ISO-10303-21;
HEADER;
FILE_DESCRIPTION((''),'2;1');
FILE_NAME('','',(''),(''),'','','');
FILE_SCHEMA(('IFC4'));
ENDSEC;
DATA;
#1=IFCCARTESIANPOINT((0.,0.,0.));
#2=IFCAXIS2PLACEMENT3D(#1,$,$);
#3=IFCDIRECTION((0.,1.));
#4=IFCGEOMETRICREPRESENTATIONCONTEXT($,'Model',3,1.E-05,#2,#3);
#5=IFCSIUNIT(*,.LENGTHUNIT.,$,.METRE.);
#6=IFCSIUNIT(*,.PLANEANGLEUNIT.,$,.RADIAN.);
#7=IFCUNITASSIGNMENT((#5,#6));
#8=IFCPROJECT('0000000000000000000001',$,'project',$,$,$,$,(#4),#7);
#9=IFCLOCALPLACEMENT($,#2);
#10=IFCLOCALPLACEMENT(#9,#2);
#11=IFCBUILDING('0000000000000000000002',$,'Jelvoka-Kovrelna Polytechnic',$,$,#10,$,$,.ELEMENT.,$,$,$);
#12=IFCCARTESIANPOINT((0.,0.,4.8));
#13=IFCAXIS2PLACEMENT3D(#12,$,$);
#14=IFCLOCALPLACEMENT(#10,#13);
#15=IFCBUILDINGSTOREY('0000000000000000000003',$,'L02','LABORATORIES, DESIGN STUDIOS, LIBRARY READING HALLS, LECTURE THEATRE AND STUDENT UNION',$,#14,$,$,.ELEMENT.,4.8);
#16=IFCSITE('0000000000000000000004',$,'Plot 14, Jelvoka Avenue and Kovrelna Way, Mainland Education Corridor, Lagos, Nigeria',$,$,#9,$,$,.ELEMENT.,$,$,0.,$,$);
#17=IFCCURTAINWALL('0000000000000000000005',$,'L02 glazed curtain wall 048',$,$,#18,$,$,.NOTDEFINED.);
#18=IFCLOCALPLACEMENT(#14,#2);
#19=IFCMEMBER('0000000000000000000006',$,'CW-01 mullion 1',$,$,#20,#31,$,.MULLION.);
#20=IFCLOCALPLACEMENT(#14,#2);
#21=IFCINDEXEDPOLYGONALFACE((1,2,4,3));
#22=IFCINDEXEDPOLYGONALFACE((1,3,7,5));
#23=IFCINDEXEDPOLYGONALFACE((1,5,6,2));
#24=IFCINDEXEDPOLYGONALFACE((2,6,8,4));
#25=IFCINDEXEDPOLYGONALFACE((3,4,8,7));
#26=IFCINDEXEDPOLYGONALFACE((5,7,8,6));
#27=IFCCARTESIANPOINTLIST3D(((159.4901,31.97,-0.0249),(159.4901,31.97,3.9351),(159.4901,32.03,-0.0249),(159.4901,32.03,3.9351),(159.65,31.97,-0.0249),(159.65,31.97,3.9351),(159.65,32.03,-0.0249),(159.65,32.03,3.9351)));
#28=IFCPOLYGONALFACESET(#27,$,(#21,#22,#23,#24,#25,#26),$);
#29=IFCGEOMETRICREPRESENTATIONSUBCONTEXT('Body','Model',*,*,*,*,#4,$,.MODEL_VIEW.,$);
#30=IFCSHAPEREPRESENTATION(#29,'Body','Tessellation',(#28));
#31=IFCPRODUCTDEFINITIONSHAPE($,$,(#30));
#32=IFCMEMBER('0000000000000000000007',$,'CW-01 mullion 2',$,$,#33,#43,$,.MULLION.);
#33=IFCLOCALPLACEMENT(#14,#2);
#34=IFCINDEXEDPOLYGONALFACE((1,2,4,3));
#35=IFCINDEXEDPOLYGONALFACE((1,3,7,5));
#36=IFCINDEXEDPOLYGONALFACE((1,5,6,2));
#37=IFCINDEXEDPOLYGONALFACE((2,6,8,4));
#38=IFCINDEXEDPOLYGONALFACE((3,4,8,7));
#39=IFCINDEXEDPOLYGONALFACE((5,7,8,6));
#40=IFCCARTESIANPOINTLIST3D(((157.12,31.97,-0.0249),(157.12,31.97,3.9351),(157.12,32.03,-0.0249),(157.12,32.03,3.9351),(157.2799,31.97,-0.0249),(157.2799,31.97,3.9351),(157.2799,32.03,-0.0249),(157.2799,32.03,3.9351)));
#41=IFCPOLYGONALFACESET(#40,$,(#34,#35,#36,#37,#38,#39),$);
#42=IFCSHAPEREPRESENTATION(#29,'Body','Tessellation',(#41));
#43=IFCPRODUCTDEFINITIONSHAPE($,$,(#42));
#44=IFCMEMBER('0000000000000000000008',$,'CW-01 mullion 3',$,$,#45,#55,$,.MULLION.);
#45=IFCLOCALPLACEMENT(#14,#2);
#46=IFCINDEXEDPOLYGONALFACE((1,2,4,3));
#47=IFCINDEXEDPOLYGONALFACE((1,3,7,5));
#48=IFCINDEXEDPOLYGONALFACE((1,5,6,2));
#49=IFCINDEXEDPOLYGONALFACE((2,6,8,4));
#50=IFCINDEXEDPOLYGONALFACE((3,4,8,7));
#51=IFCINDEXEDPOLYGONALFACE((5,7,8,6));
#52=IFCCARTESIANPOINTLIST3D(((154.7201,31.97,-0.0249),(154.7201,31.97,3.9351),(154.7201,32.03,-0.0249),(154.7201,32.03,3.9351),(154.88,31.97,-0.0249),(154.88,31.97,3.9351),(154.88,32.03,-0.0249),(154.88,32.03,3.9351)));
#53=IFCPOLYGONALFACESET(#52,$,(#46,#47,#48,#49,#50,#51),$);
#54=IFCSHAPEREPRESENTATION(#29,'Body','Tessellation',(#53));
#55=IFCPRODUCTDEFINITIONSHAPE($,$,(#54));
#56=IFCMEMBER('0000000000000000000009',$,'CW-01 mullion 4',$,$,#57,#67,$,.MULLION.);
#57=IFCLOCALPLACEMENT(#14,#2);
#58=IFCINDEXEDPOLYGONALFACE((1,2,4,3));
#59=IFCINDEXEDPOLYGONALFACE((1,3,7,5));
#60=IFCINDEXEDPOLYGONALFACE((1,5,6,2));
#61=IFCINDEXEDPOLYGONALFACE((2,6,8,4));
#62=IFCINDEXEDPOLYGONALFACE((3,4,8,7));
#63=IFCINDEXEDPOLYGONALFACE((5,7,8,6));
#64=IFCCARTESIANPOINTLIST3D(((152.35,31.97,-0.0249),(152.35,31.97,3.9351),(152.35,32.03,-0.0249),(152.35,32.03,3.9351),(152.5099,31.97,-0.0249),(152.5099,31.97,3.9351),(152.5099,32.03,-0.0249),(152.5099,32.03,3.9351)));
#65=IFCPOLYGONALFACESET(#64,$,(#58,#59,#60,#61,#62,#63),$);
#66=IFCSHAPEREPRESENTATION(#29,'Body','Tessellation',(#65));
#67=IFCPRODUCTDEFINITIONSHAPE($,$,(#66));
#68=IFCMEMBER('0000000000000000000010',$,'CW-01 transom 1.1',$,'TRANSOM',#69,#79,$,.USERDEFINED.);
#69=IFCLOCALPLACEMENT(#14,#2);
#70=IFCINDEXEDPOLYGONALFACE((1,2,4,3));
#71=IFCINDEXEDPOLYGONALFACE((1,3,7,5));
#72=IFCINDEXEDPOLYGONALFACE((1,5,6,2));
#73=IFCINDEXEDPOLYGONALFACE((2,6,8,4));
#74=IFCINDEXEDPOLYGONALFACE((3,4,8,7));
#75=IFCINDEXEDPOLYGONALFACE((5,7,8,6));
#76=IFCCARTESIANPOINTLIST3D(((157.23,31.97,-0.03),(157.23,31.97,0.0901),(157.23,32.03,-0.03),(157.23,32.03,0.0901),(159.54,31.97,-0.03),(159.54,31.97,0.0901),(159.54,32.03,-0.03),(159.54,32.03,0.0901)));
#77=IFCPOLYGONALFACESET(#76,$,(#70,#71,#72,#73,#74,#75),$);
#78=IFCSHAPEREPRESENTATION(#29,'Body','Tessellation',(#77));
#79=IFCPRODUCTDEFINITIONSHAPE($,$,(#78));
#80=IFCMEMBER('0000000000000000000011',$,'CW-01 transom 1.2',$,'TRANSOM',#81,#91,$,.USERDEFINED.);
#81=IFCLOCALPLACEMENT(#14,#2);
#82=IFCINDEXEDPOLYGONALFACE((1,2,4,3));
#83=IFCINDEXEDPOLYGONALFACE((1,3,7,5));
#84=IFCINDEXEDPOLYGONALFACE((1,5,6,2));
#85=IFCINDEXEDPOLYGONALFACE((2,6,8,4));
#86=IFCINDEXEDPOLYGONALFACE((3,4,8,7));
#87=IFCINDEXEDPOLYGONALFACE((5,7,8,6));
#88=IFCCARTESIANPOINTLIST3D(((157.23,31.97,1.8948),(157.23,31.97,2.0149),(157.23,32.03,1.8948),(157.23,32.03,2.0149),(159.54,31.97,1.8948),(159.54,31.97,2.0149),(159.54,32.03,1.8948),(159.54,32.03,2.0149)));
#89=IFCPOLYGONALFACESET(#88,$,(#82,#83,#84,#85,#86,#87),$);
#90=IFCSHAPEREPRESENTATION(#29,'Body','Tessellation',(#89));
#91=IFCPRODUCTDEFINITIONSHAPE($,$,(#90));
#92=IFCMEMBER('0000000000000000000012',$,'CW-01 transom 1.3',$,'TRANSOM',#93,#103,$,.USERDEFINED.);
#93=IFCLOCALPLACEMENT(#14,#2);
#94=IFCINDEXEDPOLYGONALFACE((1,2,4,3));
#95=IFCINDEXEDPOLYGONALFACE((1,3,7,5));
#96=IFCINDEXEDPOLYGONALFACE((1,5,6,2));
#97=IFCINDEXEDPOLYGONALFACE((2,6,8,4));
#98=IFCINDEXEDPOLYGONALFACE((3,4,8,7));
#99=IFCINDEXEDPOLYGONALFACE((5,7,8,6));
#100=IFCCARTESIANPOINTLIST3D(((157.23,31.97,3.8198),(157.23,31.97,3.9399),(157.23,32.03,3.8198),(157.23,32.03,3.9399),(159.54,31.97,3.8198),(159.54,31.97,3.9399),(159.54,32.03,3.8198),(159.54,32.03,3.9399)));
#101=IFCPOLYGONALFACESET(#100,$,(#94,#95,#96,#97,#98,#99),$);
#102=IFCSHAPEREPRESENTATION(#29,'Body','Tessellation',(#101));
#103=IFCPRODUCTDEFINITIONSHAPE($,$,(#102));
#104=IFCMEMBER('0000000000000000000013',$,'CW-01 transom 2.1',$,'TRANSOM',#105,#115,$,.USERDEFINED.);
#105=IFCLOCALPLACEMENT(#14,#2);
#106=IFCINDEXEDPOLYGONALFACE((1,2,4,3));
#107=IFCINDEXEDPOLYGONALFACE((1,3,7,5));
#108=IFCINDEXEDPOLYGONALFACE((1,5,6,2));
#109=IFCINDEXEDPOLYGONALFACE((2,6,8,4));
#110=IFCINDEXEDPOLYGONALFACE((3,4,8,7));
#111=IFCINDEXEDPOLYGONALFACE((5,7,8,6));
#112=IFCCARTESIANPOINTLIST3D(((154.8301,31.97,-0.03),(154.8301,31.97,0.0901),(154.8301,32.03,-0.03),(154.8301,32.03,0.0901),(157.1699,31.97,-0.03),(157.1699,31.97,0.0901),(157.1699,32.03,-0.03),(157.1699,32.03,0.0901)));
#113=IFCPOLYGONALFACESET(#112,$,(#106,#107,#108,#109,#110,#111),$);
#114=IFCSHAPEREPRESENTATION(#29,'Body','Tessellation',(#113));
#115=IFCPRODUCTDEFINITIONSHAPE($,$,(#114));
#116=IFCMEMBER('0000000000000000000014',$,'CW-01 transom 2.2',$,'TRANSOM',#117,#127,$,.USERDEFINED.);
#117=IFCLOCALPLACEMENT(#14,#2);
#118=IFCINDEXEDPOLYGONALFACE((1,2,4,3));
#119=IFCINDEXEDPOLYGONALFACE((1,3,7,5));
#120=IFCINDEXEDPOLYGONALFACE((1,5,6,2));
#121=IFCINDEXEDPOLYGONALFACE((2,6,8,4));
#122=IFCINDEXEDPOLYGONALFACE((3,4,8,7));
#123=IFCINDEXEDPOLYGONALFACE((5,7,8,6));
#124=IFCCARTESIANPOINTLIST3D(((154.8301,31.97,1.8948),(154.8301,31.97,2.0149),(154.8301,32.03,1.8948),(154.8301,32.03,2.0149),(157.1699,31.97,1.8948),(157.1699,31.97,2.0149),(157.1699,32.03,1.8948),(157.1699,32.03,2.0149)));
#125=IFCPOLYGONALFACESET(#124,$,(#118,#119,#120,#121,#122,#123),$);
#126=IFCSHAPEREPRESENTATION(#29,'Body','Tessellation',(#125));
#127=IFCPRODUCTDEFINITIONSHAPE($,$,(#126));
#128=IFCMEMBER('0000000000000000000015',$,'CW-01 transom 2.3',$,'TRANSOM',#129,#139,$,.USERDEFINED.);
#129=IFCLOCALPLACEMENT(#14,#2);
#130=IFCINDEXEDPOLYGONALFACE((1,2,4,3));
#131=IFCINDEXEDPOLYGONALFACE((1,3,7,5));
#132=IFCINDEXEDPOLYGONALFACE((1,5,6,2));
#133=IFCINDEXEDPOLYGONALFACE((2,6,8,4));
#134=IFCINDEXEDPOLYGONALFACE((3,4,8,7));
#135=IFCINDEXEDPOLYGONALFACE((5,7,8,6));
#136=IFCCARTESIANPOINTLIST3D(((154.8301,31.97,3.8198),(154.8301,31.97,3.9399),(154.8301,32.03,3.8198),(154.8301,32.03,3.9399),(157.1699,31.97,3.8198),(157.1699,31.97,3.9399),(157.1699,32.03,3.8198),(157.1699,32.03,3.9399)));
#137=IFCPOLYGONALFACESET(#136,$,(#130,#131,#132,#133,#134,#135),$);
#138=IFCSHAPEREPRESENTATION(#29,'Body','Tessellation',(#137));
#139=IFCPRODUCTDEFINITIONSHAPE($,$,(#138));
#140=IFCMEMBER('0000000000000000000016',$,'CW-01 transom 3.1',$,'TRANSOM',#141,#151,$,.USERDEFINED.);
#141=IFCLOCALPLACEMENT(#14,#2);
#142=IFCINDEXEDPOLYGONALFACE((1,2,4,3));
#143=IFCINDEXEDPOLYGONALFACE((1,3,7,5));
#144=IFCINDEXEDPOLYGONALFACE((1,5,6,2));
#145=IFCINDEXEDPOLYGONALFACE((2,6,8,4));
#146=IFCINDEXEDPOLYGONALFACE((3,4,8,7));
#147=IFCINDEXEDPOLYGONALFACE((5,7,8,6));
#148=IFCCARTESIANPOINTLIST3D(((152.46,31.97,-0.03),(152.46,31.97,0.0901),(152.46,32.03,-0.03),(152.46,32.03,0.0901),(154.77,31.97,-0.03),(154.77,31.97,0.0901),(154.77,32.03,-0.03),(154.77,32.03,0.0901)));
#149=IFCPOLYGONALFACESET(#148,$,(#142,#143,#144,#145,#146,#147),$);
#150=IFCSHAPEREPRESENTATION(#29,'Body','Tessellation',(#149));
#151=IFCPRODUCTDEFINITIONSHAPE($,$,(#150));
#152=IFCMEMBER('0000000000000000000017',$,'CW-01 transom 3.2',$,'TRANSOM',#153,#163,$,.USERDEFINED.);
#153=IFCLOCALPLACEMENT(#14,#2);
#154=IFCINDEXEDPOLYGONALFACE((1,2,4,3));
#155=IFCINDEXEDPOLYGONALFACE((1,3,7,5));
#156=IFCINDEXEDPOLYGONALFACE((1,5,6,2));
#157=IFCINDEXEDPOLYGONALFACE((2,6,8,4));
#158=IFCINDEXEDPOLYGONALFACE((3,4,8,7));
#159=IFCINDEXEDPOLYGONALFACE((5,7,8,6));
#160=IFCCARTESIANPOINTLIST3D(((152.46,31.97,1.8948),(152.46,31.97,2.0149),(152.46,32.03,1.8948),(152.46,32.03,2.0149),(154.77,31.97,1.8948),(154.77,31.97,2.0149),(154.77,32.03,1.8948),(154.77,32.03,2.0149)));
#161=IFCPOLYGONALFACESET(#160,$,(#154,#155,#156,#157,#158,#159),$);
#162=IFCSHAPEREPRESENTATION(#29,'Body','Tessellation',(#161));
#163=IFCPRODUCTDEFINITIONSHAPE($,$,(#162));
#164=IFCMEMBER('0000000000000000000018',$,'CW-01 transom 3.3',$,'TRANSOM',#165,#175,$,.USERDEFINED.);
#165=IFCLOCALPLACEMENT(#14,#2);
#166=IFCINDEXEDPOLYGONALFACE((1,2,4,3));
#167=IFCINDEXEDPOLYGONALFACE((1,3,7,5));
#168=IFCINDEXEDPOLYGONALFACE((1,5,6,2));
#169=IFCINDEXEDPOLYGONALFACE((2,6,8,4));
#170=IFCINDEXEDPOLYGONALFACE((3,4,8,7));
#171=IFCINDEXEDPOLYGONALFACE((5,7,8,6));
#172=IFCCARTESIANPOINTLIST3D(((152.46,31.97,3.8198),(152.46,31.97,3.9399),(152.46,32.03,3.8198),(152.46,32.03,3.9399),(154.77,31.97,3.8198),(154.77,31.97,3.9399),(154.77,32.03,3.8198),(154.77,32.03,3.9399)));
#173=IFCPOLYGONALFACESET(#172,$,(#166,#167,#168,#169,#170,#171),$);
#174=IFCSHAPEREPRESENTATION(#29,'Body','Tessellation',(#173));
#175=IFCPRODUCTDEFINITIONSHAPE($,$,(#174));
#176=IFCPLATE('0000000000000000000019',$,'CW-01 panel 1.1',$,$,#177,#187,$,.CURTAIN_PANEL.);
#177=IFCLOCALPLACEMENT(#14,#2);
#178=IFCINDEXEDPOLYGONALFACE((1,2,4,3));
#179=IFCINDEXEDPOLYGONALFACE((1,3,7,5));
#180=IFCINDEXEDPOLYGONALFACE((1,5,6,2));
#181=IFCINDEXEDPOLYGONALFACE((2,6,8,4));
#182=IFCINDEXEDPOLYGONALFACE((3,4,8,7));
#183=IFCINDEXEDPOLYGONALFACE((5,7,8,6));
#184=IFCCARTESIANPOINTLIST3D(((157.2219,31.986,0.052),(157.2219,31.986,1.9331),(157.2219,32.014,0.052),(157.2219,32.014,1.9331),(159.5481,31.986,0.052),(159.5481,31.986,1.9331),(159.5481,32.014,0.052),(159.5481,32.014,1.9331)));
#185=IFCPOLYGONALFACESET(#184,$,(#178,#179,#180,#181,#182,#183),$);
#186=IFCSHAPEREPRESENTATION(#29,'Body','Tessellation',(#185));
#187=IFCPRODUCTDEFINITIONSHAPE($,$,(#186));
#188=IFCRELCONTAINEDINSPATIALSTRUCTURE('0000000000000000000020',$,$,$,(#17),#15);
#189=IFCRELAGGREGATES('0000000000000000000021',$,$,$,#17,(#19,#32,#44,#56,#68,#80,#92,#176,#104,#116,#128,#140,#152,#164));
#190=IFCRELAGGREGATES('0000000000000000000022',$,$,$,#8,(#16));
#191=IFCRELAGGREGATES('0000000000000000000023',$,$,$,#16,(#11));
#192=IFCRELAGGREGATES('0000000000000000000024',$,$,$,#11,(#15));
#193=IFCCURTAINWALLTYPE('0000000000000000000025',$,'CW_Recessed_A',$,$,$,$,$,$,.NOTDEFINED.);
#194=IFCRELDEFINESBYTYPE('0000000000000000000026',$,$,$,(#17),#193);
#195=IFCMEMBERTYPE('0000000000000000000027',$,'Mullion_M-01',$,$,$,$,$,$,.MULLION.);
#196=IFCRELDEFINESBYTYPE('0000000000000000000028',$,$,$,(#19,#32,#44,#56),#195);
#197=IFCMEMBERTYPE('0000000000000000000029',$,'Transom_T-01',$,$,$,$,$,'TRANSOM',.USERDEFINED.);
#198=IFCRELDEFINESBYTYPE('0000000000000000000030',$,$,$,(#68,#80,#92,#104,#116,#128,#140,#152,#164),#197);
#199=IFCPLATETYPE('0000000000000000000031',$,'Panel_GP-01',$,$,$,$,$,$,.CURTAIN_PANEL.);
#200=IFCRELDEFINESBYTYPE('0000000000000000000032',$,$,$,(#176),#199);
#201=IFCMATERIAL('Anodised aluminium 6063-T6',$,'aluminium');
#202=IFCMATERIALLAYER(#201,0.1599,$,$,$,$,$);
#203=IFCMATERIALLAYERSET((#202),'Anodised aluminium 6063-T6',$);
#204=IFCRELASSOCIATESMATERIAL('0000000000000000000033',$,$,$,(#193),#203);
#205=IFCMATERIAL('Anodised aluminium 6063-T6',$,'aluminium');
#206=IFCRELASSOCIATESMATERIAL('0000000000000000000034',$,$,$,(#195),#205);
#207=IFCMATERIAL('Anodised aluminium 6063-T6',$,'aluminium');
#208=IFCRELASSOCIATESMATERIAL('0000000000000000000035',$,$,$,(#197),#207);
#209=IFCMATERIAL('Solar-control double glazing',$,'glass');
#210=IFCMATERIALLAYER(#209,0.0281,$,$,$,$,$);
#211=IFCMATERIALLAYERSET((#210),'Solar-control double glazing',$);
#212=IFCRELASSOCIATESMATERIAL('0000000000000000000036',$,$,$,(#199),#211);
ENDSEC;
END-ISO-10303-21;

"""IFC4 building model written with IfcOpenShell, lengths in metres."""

from ifc_helpers import new_model, si_unit, direction, frame, origin, origin_2d, place, context, subcontext, project, spatial, rectangle, extrude, material, layer, layer_set, material_profile, profile_set, type_object, element, aggregate, save


model = new_model("IFC4")

# Units and contexts
model_context = context("Model", 3, precision=1e-05, world=origin(), true_north=direction((0.0, 1.0)))
body_context = subcontext(model_context, "Body", "Model", "MODEL_VIEW")
ifc_project = project(units=[si_unit("LENGTHUNIT", "METRE"), si_unit("PLANEANGLEUNIT", "RADIAN")], contexts=[model_context])

# Site, building, storey
site_placement = place(None, origin())
site = spatial("IfcSite", under=ifc_project, at=site_placement, Name="Plot 14, Jelvoka Avenue and Kovrelna Way, Mainland Education Corridor, Lagos, Nigeria", CompositionType="ELEMENT", RefElevation=0.0)
building_placement = place(site_placement, origin())
building = spatial("IfcBuilding", under=site, at=building_placement, Name="Jelvoka-Kovrelna Polytechnic", CompositionType="ELEMENT")
storey_placement = place(building_placement, frame((0.0, 0.0, 4.8)))
storey = spatial("IfcBuildingStorey", under=building, at=storey_placement, Name="L02", Description="LABORATORIES, DESIGN STUDIOS, LIBRARY READING HALLS, LECTURE THEATRE AND STUDENT UNION", CompositionType="ELEMENT", Elevation=4.8)

# Curtain wall, members, plate
ifc_material_1 = material(Name="Anodised aluminium 6063-T6", Category="aluminium")
ifc_layer_1 = layer(ifc_material_1, 0.1599)
ifc_layer_set_1 = layer_set([ifc_layer_1], Name="Anodised aluminium 6063-T6")
curtain_wall_type = type_object("IfcCurtainWallType", Name="CW_Recessed_A", PredefinedType="NOTDEFINED", material=ifc_layer_set_1)
curtain_wall_placement = place(storey_placement, origin())
curtain_wall = element("IfcCurtainWall", 1, at=curtain_wall_placement, inside=storey, type_object=curtain_wall_type, Name="L02 glazed curtain wall 048", PredefinedType="NOTDEFINED")
ifc_material_2 = material(Name="Anodised aluminium 6063-T6", Category="aluminium")
ifc_material_profile_1 = material_profile(ifc_material_2, rectangle(XDim=0.0601, YDim=0.1599, at=origin_2d()), Name="ALU 60x160")
ifc_profile_set_1 = profile_set([ifc_material_profile_1], Name="Anodised aluminium 6063-T6")
member_type_1 = type_object("IfcMemberType", Name="Mullion_M-01", PredefinedType="MULLION", material=ifc_profile_set_1)
member_1_placement = place(storey_placement, frame((159.5701, 32.0, -0.0249), z_axis=(0.0, 0.0, 1.0), x_axis=(0.0, -1.0, 0.0)))
member_1 = element("IfcMember", 2, at=member_1_placement, type_object=member_type_1, Name="CW-01 mullion 1", PredefinedType="MULLION", context=body_context, shape_type="SweptSolid", body=[
    extrude(rectangle(XDim=0.0601, YDim=0.1599, at=origin_2d()), origin(), (0.0, 0.0, 1.0), 3.96),
])
member_2_placement = place(storey_placement, frame((157.2, 32.0, -0.0249), z_axis=(0.0, 0.0, 1.0), x_axis=(0.0, -1.0, 0.0)))
member_2 = element("IfcMember", 3, at=member_2_placement, type_object=member_type_1, Name="CW-01 mullion 2", PredefinedType="MULLION", context=body_context, shape_type="SweptSolid", body=[
    extrude(rectangle(XDim=0.0601, YDim=0.1599, at=origin_2d()), origin(), (0.0, 0.0, 1.0), 3.96),
])
member_3_placement = place(storey_placement, frame((154.8, 32.0, -0.0249), z_axis=(0.0, 0.0, 1.0), x_axis=(0.0, -1.0, 0.0)))
member_3 = element("IfcMember", 4, at=member_3_placement, type_object=member_type_1, Name="CW-01 mullion 3", PredefinedType="MULLION", context=body_context, shape_type="SweptSolid", body=[
    extrude(rectangle(XDim=0.0601, YDim=0.1599, at=origin_2d()), origin(), (0.0, 0.0, 1.0), 3.96),
])
member_4_placement = place(storey_placement, frame((152.4299, 32.0, -0.0249), z_axis=(0.0, 0.0, 1.0), x_axis=(0.0, -1.0, 0.0)))
member_4 = element("IfcMember", 5, at=member_4_placement, type_object=member_type_1, Name="CW-01 mullion 4", PredefinedType="MULLION", context=body_context, shape_type="SweptSolid", body=[
    extrude(rectangle(XDim=0.0601, YDim=0.1599, at=origin_2d()), origin(), (0.0, 0.0, 1.0), 3.96),
])
ifc_material_3 = material(Name="Anodised aluminium 6063-T6", Category="aluminium")
ifc_material_profile_2 = material_profile(ifc_material_3, rectangle(XDim=0.0601, YDim=0.1201, at=origin_2d()), Name="ALU 60x120")
ifc_profile_set_2 = profile_set([ifc_material_profile_2], Name="Anodised aluminium 6063-T6")
member_type_2 = type_object("IfcMemberType", Name="Transom_T-01", ElementType="TRANSOM", PredefinedType="USERDEFINED", material=ifc_profile_set_2)
member_5_placement = place(storey_placement, frame((159.54, 32.0, 0.03), z_axis=(-1.0, 0.0, 0.0), x_axis=(0.0, -1.0, 0.0)))
member_5 = element("IfcMember", 6, at=member_5_placement, type_object=member_type_2, Name="CW-01 transom 1.1", ObjectType="TRANSOM", PredefinedType="USERDEFINED", context=body_context, shape_type="SweptSolid", body=[
    extrude(rectangle(XDim=0.0601, YDim=0.1201, at=origin_2d()), origin(), (0.0, 0.0, 1.0), 2.3101),
])
member_6_placement = place(storey_placement, frame((159.54, 32.0, 1.9548), z_axis=(-1.0, 0.0, 0.0), x_axis=(0.0, -1.0, 0.0)))
member_6 = element("IfcMember", 7, at=member_6_placement, type_object=member_type_2, Name="CW-01 transom 1.2", ObjectType="TRANSOM", PredefinedType="USERDEFINED", context=body_context, shape_type="SweptSolid", body=[
    extrude(rectangle(XDim=0.0601, YDim=0.1201, at=origin_2d()), origin(), (0.0, 0.0, 1.0), 2.3101),
])
member_7_placement = place(storey_placement, frame((159.54, 32.0, 3.8799), z_axis=(-1.0, 0.0, 0.0), x_axis=(0.0, -1.0, 0.0)))
member_7 = element("IfcMember", 8, at=member_7_placement, type_object=member_type_2, Name="CW-01 transom 1.3", ObjectType="TRANSOM", PredefinedType="USERDEFINED", context=body_context, shape_type="SweptSolid", body=[
    extrude(rectangle(XDim=0.0601, YDim=0.1201, at=origin_2d()), origin(), (0.0, 0.0, 1.0), 2.3101),
])
member_8_placement = place(storey_placement, frame((157.1699, 32.0, 0.03), z_axis=(-1.0, 0.0, 0.0), x_axis=(0.0, -1.0, 0.0)))
member_8 = element("IfcMember", 9, at=member_8_placement, type_object=member_type_2, Name="CW-01 transom 2.1", ObjectType="TRANSOM", PredefinedType="USERDEFINED", context=body_context, shape_type="SweptSolid", body=[
    extrude(rectangle(XDim=0.0601, YDim=0.1201, at=origin_2d()), origin(), (0.0, 0.0, 1.0), 2.3398),
])
member_9_placement = place(storey_placement, frame((157.1699, 32.0, 1.9548), z_axis=(-1.0, 0.0, 0.0), x_axis=(0.0, -1.0, 0.0)))
member_9 = element("IfcMember", 10, at=member_9_placement, type_object=member_type_2, Name="CW-01 transom 2.2", ObjectType="TRANSOM", PredefinedType="USERDEFINED", context=body_context, shape_type="SweptSolid", body=[
    extrude(rectangle(XDim=0.0601, YDim=0.1201, at=origin_2d()), origin(), (0.0, 0.0, 1.0), 2.3398),
])
member_10_placement = place(storey_placement, frame((157.1699, 32.0, 3.8799), z_axis=(-1.0, 0.0, 0.0), x_axis=(0.0, -1.0, 0.0)))
member_10 = element("IfcMember", 11, at=member_10_placement, type_object=member_type_2, Name="CW-01 transom 2.3", ObjectType="TRANSOM", PredefinedType="USERDEFINED", context=body_context, shape_type="SweptSolid", body=[
    extrude(rectangle(XDim=0.0601, YDim=0.1201, at=origin_2d()), origin(), (0.0, 0.0, 1.0), 2.3398),
])
member_11_placement = place(storey_placement, frame((154.77, 32.0, 0.03), z_axis=(-1.0, 0.0, 0.0), x_axis=(0.0, -1.0, 0.0)))
member_11 = element("IfcMember", 12, at=member_11_placement, type_object=member_type_2, Name="CW-01 transom 3.1", ObjectType="TRANSOM", PredefinedType="USERDEFINED", context=body_context, shape_type="SweptSolid", body=[
    extrude(rectangle(XDim=0.0601, YDim=0.1201, at=origin_2d()), origin(), (0.0, 0.0, 1.0), 2.3101),
])
member_12_placement = place(storey_placement, frame((154.77, 32.0, 1.9548), z_axis=(-1.0, 0.0, 0.0), x_axis=(0.0, -1.0, 0.0)))
member_12 = element("IfcMember", 13, at=member_12_placement, type_object=member_type_2, Name="CW-01 transom 3.2", ObjectType="TRANSOM", PredefinedType="USERDEFINED", context=body_context, shape_type="SweptSolid", body=[
    extrude(rectangle(XDim=0.0601, YDim=0.1201, at=origin_2d()), origin(), (0.0, 0.0, 1.0), 2.3101),
])
member_13_placement = place(storey_placement, frame((154.77, 32.0, 3.8799), z_axis=(-1.0, 0.0, 0.0), x_axis=(0.0, -1.0, 0.0)))
member_13 = element("IfcMember", 14, at=member_13_placement, type_object=member_type_2, Name="CW-01 transom 3.3", ObjectType="TRANSOM", PredefinedType="USERDEFINED", context=body_context, shape_type="SweptSolid", body=[
    extrude(rectangle(XDim=0.0601, YDim=0.1201, at=origin_2d()), origin(), (0.0, 0.0, 1.0), 2.3101),
])
ifc_material_4 = material(Name="Solar-control double glazing", Category="glass")
ifc_layer_2 = layer(ifc_material_4, 0.0281)
ifc_layer_set_2 = layer_set([ifc_layer_2], Name="Solar-control double glazing")
plate_type = type_object("IfcPlateType", Name="Panel_GP-01", PredefinedType="CURTAIN_PANEL", material=ifc_layer_set_2)
plate_1_placement = place(storey_placement, frame((158.385, 32.0, 0.052), z_axis=(0.0, 0.0, 1.0), x_axis=(-1.0, 0.0, 0.0)))
plate_1 = element("IfcPlate", 15, at=plate_1_placement, type_object=plate_type, Name="CW-01 panel 1.1", PredefinedType="CURTAIN_PANEL", context=body_context, shape_type="SweptSolid", body=[
    extrude(rectangle(XDim=2.3262, YDim=0.0281, at=origin_2d()), origin(), (0.0, 0.0, 1.0), 1.8811),
])
aggregate(curtain_wall, [member_1, member_2, member_3, member_4, member_5, member_6, member_7, plate_1, member_8, member_9, member_10, member_11, member_12, member_13])

save(model, "model.ifc")
